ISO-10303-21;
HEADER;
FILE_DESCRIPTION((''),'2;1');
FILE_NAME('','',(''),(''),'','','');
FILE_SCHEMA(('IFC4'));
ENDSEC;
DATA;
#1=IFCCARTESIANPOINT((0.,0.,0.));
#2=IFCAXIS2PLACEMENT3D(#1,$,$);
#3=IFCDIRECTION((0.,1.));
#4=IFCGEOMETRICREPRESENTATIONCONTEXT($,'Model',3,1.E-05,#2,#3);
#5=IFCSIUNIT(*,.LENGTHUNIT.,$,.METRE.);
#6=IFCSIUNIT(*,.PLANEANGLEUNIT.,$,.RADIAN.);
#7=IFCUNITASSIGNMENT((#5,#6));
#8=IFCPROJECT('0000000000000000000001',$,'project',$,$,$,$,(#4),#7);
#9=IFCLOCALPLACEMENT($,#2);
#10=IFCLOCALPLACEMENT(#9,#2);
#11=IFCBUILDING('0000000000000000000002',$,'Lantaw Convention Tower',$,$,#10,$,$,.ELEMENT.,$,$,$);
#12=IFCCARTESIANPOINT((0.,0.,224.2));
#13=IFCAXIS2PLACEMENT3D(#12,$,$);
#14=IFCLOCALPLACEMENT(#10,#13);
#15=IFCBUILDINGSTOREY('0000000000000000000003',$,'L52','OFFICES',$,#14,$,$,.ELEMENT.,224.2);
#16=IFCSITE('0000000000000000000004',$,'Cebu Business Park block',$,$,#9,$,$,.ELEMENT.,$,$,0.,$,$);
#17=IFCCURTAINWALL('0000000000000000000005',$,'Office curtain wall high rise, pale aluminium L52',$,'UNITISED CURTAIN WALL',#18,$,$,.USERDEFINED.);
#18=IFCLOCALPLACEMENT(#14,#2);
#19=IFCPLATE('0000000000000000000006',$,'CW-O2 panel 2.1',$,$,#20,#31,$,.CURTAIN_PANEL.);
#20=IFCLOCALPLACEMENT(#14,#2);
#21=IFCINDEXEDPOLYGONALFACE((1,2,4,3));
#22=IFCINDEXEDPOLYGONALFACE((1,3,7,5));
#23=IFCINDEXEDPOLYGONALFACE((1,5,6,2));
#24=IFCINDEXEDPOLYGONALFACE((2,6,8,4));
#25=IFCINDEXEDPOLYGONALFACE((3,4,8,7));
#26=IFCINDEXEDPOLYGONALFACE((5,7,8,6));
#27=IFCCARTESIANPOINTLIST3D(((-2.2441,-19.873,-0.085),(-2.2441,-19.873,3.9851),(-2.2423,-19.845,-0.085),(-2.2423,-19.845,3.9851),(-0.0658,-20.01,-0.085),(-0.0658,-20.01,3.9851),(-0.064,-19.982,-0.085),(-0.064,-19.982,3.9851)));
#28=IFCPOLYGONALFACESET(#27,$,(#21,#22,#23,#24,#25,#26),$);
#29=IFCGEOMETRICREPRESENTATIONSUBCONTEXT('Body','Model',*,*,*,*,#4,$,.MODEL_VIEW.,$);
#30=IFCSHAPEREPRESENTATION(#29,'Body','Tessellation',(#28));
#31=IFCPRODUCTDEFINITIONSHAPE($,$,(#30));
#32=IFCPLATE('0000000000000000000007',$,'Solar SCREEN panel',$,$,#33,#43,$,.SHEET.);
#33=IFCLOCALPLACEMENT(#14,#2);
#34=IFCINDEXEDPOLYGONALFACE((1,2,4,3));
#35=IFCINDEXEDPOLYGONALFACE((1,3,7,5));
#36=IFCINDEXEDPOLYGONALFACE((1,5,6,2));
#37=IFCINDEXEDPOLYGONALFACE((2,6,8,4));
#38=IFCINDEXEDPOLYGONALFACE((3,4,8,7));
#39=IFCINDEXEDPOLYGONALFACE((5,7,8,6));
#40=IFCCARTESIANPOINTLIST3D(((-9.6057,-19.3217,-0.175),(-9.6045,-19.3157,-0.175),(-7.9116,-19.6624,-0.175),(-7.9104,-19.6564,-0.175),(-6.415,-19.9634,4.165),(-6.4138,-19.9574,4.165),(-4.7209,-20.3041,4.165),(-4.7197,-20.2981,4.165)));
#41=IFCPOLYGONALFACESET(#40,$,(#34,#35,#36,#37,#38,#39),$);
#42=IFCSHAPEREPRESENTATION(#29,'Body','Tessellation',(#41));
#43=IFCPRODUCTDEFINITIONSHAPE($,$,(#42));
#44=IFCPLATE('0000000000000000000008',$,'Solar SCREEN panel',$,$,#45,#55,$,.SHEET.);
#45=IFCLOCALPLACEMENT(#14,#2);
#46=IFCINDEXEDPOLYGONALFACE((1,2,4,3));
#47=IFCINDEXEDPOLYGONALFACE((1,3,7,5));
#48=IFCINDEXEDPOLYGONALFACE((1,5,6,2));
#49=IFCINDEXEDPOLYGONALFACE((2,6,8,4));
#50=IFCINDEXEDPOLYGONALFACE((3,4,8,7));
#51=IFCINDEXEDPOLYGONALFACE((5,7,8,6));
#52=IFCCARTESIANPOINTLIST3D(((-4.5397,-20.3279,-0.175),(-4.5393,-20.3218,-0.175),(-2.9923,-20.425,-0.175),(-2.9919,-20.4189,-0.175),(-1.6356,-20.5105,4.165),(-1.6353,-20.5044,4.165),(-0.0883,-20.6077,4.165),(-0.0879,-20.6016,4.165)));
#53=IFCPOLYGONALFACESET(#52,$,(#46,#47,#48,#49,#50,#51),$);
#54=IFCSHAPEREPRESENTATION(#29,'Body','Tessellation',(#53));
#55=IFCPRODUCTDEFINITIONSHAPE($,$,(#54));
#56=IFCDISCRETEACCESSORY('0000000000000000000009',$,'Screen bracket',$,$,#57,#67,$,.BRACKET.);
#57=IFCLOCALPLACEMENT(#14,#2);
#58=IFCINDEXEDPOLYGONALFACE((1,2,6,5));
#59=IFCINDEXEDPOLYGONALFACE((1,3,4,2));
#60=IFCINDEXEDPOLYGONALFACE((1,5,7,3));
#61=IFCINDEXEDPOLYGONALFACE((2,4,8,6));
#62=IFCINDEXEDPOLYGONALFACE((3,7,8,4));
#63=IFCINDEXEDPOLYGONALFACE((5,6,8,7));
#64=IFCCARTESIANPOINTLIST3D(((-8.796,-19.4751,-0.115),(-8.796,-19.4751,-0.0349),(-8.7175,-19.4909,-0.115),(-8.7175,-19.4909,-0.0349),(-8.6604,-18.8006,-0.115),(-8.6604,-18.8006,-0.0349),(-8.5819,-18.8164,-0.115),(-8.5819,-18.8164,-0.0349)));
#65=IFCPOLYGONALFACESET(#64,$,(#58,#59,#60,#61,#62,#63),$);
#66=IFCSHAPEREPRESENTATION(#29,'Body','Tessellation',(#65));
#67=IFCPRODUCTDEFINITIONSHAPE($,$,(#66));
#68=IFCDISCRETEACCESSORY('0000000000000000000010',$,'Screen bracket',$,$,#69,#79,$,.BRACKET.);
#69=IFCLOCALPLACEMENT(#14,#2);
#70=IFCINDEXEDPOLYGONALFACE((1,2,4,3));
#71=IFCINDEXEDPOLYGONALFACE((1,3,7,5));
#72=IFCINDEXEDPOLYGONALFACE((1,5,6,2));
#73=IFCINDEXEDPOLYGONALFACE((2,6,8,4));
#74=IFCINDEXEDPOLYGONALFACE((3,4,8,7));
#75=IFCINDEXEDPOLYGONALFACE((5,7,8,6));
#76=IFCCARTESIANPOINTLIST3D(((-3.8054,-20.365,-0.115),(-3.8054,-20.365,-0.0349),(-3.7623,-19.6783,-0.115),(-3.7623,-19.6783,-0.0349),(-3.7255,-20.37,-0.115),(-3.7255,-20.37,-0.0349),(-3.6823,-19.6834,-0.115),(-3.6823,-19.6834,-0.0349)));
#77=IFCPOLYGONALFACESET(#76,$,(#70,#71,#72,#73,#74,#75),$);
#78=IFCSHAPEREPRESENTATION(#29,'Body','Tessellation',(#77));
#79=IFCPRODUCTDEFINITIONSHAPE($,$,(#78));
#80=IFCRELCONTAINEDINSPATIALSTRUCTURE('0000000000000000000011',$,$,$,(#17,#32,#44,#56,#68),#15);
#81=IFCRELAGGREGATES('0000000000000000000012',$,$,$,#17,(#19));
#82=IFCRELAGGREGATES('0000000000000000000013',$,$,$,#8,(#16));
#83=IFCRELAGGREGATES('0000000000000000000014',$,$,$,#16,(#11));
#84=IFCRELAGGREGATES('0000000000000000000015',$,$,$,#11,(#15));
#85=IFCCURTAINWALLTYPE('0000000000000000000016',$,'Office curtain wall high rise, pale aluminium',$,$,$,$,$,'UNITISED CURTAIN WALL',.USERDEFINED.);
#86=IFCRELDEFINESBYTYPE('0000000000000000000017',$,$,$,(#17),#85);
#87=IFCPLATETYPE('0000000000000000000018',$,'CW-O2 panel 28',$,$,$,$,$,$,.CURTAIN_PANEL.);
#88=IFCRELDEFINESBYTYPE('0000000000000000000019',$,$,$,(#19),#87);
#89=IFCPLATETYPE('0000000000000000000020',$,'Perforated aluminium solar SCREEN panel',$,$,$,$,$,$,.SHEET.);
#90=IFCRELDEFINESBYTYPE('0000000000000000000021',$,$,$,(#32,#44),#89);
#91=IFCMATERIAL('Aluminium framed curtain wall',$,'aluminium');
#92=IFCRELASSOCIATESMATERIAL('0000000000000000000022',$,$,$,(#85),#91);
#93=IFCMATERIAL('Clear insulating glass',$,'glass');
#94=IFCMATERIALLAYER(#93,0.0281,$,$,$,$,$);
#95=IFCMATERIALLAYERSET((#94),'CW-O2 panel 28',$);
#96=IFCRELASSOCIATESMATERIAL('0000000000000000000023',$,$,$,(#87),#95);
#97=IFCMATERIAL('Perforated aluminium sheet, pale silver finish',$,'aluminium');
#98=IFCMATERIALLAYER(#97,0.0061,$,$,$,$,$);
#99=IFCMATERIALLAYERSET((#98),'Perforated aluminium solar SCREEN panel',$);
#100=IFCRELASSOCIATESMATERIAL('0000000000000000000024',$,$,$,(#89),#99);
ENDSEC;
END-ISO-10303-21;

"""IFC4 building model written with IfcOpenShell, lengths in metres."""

from ifc_helpers import new_model, si_unit, direction, frame, origin, origin_2d, place, context, subcontext, project, spatial, polyline, rectangle, outline, extrude, material, layer, layer_set, type_object, element, aggregate, save


model = new_model("IFC4")

# Units and contexts
model_context = context("Model", 3, precision=1e-05, world=origin(), true_north=direction((0.0, 1.0)))
body_context = subcontext(model_context, "Body", "Model", "MODEL_VIEW")
ifc_project = project(units=[si_unit("LENGTHUNIT", "METRE"), si_unit("PLANEANGLEUNIT", "RADIAN")], contexts=[model_context])

# Site, building, storey
site_placement = place(None, origin())
site = spatial("IfcSite", under=ifc_project, at=site_placement, Name="Cebu Business Park block", CompositionType="ELEMENT", RefElevation=0.0)
building_placement = place(site_placement, origin())
building = spatial("IfcBuilding", under=site, at=building_placement, Name="Lantaw Convention Tower", CompositionType="ELEMENT")
storey_placement = place(building_placement, frame((0.0, 0.0, 224.2)))
storey = spatial("IfcBuildingStorey", under=building, at=storey_placement, Name="L52", Description="OFFICES", CompositionType="ELEMENT", Elevation=224.2)

# Shared definitions
ifc_material_1 = material(Name="Aluminium framed curtain wall", Category="aluminium")
curtain_wall_type = type_object("IfcCurtainWallType", Name="Office curtain wall high rise, pale aluminium", ElementType="UNITISED CURTAIN WALL", PredefinedType="USERDEFINED", material=ifc_material_1)

# Curtain wall
curtain_wall_1_placement = place(storey_placement, origin())
curtain_wall_1 = element("IfcCurtainWall", 1, at=curtain_wall_1_placement, inside=storey, type_object=curtain_wall_type, Name="Office curtain wall high rise, pale aluminium L52", ObjectType="UNITISED CURTAIN WALL", PredefinedType="USERDEFINED")

# Plate
ifc_material_2 = material(Name="Clear insulating glass", Category="glass")
ifc_layer_1 = layer(ifc_material_2, 0.0281)
ifc_layer_set_1 = layer_set([ifc_layer_1], Name="CW-O2 panel 28")
plate_type_1 = type_object("IfcPlateType", Name="CW-O2 panel 28", PredefinedType="CURTAIN_PANEL", material=ifc_layer_set_1)
plate_1_placement = place(storey_placement, frame((-1.1541, -19.9275, -0.085), z_axis=(0.0, 0.0, 1.0), x_axis=(0.998029, -0.062758, 0.0)))
plate_1 = element("IfcPlate", 2, at=plate_1_placement, type_object=plate_type_1, Name="CW-O2 panel 2.1", PredefinedType="CURTAIN_PANEL", context=body_context, shape_type="SweptSolid", body=[
    extrude(rectangle(XDim=2.1826, YDim=0.0281, at=origin_2d()), origin(), (0.0, 0.0, 1.0), 4.0701),
])
aggregate(curtain_wall_1, [plate_1])

# Plates
ifc_material_3 = material(Name="Perforated aluminium sheet, pale silver finish", Category="aluminium")
ifc_layer_2 = layer(ifc_material_3, 0.0061)
ifc_layer_set_2 = layer_set([ifc_layer_2], Name="Perforated aluminium solar SCREEN panel")
plate_type_2 = type_object("IfcPlateType", Name="Perforated aluminium solar SCREEN panel", PredefinedType="SHEET", material=ifc_layer_set_2)
plate_2_placement = place(storey_placement, frame((-9.6045, -19.3157, -0.175), z_axis=(0.197162, 0.980371, 0.000011), x_axis=(0.980371, -0.197162, 0.0)))
element("IfcPlate", 3, at=plate_2_placement, inside=storey, type_object=plate_type_2, Name="Solar SCREEN panel", PredefinedType="SHEET", context=body_context, shape_type="SweptSolid", body=[
    extrude(outline(polyline([(0.0, 0.0), (1.728, 0.0), (4.9826, -4.3401), (3.2545, -4.3401), (0.0, 0.0)])), origin(), (0.0, 0.0, -1.0), 0.0061),
])
plate_3_placement = place(storey_placement, frame((-4.5393, -20.3218, -0.175), z_axis=(0.062672, 0.998034, 0.000059), x_axis=(0.998034, -0.062672, 0.0)))
element("IfcPlate", 4, at=plate_3_placement, inside=storey, type_object=plate_type_2, Name="Solar SCREEN panel", PredefinedType="SHEET", context=body_context, shape_type="SweptSolid", body=[
    extrude(outline(polyline([(0.0, 0.0), (1.5504, 0.0), (4.4602, -4.3401), (2.9098, -4.3401), (0.0, 0.0)])), origin(), (0.0, 0.0, -1.0), 0.0061),
])

# Discrete accessories
for number, where, z_axis, x_axis, name in (
    (5, (-8.689, -19.1458, -0.115), (0.0, 0.0, 1.0), (0.980367, -0.197183, 0.0), "Screen bracket"),
    (6, (-3.7439, -20.0242, -0.115), (0.0, 0.0, 1.0), (0.998029, -0.062758, 0.0), "Screen bracket"),
):
    element("IfcDiscreteAccessory", number, at=place(storey_placement, frame(where, z_axis=z_axis, x_axis=x_axis)), inside=storey, Name=name, PredefinedType="BRACKET", context=body_context, shape_type="SweptSolid", body=[
        extrude(rectangle(XDim=0.0801, YDim=0.688, at=origin_2d()), origin(), (0.0, 0.0, 1.0), 0.0801),
    ])

save(model, "model.ifc")
